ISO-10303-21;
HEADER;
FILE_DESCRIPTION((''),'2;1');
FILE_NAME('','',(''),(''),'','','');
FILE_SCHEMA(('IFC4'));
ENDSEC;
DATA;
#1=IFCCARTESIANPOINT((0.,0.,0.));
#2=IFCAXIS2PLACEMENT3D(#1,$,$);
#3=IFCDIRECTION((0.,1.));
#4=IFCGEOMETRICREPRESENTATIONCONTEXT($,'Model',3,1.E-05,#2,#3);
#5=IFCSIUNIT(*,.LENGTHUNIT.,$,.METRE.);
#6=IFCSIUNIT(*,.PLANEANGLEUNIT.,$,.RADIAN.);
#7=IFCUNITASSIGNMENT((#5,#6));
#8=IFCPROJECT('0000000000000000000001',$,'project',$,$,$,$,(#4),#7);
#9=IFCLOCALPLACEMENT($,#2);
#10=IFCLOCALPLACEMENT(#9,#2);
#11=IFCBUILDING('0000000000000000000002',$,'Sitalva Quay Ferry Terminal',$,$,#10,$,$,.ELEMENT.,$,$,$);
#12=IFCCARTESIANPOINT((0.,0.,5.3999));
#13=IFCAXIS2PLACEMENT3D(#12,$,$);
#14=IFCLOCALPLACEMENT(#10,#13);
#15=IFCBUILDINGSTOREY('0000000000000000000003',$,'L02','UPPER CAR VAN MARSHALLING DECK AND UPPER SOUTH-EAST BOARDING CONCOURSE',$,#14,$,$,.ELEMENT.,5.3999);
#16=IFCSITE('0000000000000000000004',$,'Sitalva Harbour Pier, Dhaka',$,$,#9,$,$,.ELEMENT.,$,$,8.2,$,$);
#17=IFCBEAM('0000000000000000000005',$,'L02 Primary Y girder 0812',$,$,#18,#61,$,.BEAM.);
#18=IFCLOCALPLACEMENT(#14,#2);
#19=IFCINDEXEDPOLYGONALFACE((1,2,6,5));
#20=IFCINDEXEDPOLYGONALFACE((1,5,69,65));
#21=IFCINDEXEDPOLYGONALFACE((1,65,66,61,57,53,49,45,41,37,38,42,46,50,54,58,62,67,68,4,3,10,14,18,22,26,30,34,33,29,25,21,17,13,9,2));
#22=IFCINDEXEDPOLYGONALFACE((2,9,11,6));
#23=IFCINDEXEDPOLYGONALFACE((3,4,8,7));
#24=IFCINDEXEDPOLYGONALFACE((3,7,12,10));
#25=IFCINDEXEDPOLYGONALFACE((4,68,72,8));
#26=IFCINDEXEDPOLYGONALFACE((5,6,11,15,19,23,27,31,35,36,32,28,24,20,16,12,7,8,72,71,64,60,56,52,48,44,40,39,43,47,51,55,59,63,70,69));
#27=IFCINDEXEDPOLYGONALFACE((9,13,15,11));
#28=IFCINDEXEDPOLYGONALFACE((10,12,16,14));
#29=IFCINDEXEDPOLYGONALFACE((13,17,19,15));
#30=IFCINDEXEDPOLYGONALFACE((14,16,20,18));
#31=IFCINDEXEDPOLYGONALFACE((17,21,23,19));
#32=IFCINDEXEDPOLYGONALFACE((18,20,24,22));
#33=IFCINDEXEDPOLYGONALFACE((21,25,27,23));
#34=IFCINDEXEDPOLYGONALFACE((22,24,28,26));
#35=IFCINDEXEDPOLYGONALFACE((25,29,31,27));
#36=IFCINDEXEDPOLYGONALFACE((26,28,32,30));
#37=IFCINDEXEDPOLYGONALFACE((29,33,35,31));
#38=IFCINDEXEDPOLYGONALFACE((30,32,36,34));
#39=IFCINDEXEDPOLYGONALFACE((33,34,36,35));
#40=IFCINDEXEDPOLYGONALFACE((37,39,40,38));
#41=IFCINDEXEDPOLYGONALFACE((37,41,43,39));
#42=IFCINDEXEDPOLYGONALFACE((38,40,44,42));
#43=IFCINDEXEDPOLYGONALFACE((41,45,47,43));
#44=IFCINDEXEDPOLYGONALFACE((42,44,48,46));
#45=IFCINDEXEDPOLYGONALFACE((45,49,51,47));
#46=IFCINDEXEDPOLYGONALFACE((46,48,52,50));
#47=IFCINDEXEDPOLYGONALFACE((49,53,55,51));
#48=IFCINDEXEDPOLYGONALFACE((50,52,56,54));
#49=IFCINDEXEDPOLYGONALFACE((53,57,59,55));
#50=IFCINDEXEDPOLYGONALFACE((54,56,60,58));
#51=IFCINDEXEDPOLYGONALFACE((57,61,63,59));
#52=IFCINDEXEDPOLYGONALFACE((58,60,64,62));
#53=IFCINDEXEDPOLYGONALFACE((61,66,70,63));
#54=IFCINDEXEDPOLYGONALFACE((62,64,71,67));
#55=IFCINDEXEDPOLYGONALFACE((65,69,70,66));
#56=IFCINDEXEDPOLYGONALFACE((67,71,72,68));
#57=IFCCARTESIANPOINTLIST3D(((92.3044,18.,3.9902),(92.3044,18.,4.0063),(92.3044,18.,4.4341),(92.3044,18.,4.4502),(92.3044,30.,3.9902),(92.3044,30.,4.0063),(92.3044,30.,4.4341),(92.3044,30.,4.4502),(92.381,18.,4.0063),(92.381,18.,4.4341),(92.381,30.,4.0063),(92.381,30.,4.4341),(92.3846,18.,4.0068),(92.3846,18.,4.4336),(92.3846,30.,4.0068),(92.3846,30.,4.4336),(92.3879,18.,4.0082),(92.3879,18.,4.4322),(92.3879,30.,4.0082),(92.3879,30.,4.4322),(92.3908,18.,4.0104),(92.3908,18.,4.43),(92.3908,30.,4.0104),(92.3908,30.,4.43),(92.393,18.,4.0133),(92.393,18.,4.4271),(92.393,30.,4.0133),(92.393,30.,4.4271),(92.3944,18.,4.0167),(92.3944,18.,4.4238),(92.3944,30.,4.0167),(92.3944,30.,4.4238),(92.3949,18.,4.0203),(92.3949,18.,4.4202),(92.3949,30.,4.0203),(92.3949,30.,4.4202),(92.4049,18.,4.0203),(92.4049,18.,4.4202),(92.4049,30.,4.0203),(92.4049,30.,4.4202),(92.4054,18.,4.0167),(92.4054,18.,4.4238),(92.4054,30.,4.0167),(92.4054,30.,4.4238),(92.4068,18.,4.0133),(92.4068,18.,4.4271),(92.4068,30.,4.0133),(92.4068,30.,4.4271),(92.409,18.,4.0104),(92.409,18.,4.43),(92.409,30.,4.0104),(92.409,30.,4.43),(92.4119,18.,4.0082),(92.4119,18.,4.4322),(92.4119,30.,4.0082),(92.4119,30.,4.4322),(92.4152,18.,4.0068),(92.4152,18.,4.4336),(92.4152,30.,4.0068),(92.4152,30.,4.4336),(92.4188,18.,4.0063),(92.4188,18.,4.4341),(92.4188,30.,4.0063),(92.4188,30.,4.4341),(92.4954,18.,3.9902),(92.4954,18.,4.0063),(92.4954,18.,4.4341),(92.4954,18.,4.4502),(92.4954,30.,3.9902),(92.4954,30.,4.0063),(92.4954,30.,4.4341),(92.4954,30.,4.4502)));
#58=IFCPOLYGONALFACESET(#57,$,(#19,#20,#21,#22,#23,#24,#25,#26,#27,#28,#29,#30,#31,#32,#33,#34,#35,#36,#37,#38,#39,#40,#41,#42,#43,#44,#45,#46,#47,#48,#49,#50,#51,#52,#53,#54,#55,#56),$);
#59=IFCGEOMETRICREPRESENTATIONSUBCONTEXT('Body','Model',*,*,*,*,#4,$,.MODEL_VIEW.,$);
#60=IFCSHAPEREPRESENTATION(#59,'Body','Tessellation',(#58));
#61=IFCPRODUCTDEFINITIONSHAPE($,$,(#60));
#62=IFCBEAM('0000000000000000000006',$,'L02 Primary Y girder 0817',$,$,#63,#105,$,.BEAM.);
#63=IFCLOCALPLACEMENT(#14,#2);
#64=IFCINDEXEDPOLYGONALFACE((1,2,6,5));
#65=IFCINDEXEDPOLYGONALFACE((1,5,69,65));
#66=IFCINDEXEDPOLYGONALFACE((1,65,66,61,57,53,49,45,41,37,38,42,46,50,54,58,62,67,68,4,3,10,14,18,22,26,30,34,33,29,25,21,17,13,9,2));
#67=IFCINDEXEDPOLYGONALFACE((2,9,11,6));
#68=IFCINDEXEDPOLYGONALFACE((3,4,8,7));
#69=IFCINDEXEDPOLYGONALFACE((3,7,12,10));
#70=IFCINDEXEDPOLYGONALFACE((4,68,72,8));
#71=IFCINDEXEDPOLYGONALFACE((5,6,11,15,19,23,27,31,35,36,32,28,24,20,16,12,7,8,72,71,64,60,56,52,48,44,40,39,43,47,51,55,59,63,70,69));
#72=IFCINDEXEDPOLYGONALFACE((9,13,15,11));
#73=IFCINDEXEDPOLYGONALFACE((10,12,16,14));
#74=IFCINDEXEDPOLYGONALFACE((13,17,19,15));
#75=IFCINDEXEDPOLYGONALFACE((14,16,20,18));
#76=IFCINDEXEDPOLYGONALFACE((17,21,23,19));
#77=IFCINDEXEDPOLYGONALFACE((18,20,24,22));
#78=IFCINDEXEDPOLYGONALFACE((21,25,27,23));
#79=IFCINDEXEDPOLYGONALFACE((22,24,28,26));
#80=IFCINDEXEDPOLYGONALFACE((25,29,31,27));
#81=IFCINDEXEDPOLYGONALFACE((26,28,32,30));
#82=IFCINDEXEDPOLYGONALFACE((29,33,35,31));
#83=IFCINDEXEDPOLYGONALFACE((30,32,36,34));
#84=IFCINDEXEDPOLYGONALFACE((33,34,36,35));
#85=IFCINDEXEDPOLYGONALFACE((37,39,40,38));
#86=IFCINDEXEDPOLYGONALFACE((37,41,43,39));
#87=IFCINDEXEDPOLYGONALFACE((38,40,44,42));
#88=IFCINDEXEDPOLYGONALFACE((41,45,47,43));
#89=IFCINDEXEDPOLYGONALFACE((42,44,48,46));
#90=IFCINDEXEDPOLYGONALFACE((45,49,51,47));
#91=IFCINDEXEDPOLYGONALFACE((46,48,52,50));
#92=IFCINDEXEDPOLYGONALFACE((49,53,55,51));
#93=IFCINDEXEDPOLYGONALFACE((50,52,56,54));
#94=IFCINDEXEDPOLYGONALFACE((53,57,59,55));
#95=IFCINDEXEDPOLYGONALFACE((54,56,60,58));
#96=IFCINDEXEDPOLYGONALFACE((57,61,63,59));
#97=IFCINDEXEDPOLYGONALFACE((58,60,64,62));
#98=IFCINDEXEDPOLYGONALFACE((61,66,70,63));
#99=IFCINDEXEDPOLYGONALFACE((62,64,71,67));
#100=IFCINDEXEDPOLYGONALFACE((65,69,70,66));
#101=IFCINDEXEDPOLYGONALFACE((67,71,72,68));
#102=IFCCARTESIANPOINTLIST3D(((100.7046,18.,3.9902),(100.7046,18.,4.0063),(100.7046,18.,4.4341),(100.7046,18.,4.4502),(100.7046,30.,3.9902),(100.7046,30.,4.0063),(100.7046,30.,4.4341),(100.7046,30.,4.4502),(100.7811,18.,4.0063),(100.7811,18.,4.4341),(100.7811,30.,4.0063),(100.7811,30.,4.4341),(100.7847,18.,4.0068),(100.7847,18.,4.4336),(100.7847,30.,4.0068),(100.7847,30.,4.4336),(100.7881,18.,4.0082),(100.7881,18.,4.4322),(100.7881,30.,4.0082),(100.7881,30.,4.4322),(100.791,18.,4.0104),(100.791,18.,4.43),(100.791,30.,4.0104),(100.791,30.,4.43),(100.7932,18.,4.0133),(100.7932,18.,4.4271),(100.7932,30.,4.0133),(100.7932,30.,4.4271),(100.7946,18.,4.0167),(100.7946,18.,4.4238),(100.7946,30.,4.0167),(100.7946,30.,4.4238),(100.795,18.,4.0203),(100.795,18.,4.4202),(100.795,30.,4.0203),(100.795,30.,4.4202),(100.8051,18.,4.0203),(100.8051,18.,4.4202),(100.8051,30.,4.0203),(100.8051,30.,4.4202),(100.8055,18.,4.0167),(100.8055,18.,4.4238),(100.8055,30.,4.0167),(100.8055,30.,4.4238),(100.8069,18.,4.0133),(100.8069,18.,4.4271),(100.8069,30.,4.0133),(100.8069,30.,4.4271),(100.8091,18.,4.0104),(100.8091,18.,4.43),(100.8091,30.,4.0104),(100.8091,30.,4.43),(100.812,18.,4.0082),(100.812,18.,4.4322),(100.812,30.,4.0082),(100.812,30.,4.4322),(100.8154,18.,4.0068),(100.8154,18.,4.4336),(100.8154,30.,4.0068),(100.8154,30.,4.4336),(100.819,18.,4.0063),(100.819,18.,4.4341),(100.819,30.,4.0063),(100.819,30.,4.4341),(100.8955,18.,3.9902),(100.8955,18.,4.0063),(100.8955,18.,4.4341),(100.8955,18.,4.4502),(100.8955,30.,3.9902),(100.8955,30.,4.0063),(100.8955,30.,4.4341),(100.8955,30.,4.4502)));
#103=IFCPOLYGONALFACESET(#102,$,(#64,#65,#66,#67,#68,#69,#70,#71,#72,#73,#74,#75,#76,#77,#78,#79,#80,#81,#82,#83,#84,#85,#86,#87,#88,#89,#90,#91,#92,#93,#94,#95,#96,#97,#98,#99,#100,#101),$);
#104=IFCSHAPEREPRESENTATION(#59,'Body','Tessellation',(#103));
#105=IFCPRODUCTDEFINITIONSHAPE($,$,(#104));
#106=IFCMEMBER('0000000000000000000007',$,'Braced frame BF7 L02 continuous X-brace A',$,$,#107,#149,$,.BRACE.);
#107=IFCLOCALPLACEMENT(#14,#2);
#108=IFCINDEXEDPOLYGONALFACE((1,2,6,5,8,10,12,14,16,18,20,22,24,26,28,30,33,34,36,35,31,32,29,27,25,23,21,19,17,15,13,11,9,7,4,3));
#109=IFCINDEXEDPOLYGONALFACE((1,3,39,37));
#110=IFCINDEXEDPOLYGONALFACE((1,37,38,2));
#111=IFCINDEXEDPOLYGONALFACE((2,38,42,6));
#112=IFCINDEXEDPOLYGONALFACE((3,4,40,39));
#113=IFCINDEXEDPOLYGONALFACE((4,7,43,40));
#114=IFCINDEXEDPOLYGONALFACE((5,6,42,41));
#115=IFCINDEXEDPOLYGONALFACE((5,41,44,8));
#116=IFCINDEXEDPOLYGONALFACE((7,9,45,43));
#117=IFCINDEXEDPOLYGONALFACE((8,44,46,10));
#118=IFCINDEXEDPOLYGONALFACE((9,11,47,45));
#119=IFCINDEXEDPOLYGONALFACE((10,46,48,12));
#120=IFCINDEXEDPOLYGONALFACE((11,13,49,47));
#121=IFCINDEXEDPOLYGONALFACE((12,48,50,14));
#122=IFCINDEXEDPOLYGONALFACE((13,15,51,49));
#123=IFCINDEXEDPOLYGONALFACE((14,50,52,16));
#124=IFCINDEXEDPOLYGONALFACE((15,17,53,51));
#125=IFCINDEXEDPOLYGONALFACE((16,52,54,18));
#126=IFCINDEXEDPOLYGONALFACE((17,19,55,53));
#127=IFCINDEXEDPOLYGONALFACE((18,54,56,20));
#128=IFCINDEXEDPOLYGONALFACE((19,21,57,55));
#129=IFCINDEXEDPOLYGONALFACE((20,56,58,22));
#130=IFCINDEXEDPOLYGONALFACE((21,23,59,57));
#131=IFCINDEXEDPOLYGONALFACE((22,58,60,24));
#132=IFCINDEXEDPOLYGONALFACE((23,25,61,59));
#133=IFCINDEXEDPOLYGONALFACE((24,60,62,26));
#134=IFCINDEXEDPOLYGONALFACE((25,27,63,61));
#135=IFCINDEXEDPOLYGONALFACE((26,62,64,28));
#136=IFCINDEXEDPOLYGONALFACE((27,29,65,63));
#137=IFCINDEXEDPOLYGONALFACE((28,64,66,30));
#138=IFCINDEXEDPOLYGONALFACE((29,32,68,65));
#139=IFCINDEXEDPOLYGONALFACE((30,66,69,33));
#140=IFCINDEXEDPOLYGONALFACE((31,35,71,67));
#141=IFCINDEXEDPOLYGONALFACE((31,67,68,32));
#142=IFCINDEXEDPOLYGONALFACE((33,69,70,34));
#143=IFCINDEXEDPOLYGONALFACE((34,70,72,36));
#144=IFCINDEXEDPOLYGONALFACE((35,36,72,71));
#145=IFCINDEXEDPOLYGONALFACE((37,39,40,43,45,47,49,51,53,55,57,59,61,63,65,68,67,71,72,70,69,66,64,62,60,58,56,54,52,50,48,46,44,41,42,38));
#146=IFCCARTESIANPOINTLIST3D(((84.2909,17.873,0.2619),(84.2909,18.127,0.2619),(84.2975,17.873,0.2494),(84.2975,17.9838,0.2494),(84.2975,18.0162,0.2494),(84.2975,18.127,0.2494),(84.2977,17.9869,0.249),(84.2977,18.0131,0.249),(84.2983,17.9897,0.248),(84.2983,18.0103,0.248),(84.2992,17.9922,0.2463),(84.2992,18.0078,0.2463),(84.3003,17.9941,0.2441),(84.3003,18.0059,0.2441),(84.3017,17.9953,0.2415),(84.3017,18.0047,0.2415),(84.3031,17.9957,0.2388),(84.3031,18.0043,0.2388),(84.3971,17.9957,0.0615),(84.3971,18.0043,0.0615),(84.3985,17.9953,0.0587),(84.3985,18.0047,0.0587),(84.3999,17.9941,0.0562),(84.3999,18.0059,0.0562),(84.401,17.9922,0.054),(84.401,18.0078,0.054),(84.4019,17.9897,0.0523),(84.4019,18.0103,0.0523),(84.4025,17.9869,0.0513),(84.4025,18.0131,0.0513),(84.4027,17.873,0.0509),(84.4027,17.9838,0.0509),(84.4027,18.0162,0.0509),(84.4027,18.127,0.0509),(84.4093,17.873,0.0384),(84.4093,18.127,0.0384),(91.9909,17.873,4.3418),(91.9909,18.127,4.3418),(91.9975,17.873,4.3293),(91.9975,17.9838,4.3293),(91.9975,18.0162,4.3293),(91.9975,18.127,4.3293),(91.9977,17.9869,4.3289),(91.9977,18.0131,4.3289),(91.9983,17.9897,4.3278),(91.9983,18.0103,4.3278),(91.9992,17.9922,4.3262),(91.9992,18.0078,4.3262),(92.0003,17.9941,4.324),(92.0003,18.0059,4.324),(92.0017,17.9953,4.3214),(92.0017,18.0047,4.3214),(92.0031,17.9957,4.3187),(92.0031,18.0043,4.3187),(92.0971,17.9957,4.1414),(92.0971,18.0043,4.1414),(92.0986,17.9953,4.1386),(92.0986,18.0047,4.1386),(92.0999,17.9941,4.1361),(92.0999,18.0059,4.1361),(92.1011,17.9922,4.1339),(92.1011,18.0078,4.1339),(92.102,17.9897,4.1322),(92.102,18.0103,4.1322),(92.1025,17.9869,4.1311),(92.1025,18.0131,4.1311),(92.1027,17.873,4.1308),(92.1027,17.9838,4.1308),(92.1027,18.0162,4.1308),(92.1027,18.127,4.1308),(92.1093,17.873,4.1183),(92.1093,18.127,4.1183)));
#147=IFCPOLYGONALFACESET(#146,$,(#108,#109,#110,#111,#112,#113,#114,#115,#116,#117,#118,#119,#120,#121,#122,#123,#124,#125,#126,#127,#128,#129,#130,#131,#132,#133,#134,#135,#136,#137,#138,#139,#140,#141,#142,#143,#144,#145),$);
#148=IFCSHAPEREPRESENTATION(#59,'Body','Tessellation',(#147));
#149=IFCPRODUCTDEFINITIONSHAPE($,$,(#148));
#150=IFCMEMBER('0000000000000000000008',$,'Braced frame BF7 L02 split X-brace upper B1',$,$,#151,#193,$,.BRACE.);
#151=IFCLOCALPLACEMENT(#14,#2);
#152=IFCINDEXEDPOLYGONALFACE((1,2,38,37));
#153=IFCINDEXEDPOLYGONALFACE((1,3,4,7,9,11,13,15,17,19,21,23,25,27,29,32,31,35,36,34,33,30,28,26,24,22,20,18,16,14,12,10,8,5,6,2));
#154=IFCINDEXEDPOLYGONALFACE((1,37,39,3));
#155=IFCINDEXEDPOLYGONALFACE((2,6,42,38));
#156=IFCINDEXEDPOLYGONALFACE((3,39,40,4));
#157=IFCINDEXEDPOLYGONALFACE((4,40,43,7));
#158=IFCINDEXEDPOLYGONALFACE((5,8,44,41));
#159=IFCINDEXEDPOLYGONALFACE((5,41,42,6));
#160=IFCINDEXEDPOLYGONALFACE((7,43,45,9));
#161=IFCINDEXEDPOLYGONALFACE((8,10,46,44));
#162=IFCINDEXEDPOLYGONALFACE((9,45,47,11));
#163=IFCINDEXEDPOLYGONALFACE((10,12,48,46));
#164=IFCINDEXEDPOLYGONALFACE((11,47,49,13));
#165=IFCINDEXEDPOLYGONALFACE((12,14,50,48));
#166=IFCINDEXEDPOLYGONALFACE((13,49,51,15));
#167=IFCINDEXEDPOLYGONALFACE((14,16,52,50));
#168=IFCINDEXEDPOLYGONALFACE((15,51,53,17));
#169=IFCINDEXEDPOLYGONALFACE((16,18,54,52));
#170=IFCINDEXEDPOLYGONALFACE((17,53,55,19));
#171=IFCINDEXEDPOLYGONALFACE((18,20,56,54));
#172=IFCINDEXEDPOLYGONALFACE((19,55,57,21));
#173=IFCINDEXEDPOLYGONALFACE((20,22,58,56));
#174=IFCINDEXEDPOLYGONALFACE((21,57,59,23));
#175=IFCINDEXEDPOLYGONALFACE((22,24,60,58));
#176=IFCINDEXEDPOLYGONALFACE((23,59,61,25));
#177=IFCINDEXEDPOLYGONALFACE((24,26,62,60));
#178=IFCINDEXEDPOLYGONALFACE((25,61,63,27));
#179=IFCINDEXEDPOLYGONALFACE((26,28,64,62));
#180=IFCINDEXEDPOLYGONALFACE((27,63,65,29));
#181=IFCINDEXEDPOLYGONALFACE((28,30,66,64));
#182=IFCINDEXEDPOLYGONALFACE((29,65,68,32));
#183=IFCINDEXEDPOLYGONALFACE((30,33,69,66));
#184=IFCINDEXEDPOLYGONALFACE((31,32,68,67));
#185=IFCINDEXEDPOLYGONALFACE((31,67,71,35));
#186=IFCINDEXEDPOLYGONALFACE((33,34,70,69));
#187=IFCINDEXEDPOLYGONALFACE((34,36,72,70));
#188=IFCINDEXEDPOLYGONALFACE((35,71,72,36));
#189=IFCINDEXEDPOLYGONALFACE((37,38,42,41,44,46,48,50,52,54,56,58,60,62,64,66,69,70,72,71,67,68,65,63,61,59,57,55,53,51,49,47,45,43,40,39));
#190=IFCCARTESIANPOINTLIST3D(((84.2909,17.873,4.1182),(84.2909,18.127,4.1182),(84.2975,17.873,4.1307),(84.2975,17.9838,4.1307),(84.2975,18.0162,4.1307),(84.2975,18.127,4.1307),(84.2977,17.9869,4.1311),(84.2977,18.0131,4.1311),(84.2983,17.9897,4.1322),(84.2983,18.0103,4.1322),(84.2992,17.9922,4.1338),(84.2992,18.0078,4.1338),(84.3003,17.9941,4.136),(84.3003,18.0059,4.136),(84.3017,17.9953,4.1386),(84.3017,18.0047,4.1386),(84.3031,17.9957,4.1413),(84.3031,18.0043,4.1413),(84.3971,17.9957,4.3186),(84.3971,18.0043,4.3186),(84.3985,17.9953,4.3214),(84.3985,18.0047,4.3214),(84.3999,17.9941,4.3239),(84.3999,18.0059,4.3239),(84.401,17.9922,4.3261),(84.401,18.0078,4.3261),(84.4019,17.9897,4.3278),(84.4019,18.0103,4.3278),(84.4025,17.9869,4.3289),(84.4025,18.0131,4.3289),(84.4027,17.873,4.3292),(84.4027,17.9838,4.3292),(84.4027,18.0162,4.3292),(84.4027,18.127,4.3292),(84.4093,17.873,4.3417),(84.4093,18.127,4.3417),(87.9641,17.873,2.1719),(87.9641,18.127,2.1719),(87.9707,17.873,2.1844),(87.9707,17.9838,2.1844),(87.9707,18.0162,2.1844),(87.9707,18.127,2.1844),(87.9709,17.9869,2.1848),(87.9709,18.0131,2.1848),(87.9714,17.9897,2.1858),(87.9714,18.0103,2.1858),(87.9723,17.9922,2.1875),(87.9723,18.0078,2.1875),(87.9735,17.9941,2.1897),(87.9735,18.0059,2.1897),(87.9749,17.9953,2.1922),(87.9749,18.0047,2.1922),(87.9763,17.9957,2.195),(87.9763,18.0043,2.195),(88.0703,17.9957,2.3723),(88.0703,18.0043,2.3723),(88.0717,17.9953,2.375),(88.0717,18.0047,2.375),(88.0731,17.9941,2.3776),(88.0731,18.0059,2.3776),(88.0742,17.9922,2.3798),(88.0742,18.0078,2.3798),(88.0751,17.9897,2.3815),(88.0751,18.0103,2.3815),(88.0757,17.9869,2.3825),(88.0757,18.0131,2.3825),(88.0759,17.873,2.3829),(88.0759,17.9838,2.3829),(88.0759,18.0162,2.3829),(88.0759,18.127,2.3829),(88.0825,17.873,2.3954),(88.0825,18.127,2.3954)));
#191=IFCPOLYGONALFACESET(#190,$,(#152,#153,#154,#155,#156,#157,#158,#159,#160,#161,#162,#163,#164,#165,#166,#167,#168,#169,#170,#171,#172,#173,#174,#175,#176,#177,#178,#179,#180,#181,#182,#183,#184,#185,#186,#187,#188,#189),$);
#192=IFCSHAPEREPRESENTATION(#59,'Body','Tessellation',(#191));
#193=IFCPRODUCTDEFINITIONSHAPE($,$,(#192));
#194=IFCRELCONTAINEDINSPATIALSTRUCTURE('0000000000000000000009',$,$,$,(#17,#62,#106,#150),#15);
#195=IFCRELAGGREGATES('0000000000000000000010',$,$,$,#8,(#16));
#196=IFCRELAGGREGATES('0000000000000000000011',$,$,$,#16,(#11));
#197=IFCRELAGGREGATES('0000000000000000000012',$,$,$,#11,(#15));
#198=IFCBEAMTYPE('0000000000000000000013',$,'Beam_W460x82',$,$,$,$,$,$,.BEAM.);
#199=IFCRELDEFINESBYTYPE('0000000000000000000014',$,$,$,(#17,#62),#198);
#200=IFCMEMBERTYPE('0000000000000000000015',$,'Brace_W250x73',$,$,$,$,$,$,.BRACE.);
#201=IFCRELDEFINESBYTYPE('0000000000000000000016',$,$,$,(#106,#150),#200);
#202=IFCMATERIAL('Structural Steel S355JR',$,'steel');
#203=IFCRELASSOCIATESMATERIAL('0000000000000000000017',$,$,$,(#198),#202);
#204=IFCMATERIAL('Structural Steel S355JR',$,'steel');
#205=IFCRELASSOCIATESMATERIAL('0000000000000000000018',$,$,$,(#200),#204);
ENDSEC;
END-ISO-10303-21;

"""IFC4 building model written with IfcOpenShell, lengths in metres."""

from ifc_helpers import new_model, si_unit, direction, frame, origin, origin_2d, place, context, subcontext, project, spatial, i_section, extrude, material, material_profile, profile_set, type_object, element, save


model = new_model("IFC4")

# Units and contexts
model_context = context("Model", 3, precision=1e-05, world=origin(), true_north=direction((0.0, 1.0)))
body_context = subcontext(model_context, "Body", "Model", "MODEL_VIEW")
ifc_project = project(units=[si_unit("LENGTHUNIT", "METRE"), si_unit("PLANEANGLEUNIT", "RADIAN")], contexts=[model_context])

# Site, building, storey
site_placement = place(None, origin())
site = spatial("IfcSite", under=ifc_project, at=site_placement, Name="Sitalva Harbour Pier, Dhaka", CompositionType="ELEMENT", RefElevation=8.2)
building_placement = place(site_placement, origin())
building = spatial("IfcBuilding", under=site, at=building_placement, Name="Sitalva Quay Ferry Terminal", CompositionType="ELEMENT")
storey_placement = place(building_placement, frame((0.0, 0.0, 5.3999)))
storey = spatial("IfcBuildingStorey", under=building, at=storey_placement, Name="L02", Description="UPPER CAR VAN MARSHALLING DECK AND UPPER SOUTH-EAST BOARDING CONCOURSE", CompositionType="ELEMENT", Elevation=5.3999)

# Beams
ifc_material_1 = material(Name="Structural Steel S355JR", Category="steel")
ifc_material_profile_1 = material_profile(ifc_material_1, i_section(OverallWidth=0.1909, OverallDepth=0.46, WebThickness=0.01, FlangeThickness=0.0161, FilletRadius=0.0139, at=origin_2d()), Name="W460x82")
ifc_profile_set_1 = profile_set([ifc_material_profile_1], Name="Structural Steel S355JR")
beam_type_1 = type_object("IfcBeamType", Name="Beam_W460x82", PredefinedType="BEAM", material=ifc_profile_set_1)
for number, where, z_axis, x_axis, name in (
    (1, (92.3999, 18.0, 4.2202), (0.0, 1.0, 0.0), (-1.0, 0.0, 0.0), "L02 Primary Y girder 0812"),
    (2, (100.8, 18.0, 4.2202), (0.0, 1.0, 0.0), (-1.0, 0.0, 0.0), "L02 Primary Y girder 0817"),
):
    element("IfcBeam", number, at=place(storey_placement, frame(where, z_axis=z_axis, x_axis=x_axis)), inside=storey, type_object=beam_type_1, Name=name, PredefinedType="BEAM", context=body_context, shape_type="SweptSolid", body=[
        extrude(i_section(OverallWidth=0.1909, OverallDepth=0.46, WebThickness=0.01, FlangeThickness=0.0161, FilletRadius=0.0139, at=origin_2d()), origin(), (0.0, 0.0, 1.0), 12.0),
    ])

# Members
ifc_material_2 = material(Name="Structural Steel S355JR", Category="steel")
ifc_material_profile_2 = material_profile(ifc_material_2, i_section(OverallWidth=0.2539, OverallDepth=0.2529, WebThickness=0.0085, FlangeThickness=0.0142, FilletRadius=0.012, at=origin_2d()), Name="W250x73")
ifc_profile_set_2 = profile_set([ifc_material_profile_2], Name="Structural Steel S355JR")
member_type = type_object("IfcMemberType", Name="Brace_W250x73", PredefinedType="BRACE", material=ifc_profile_set_2)
member_placement = place(storey_placement, frame((84.3501, 18.0, 0.1501), z_axis=(0.883627, 0.0, 0.468191), x_axis=(0.0, 1.0, 0.0)))
element("IfcMember", 3, at=member_placement, inside=storey, type_object=member_type, Name="Braced frame BF7 L02 continuous X-brace A", PredefinedType="BRACE", context=body_context, shape_type="SweptSolid", body=[
    extrude(i_section(OverallWidth=0.2539, OverallDepth=0.2529, WebThickness=0.0085, FlangeThickness=0.0142, FilletRadius=0.012, at=origin_2d()), origin(), (0.0, 0.0, 1.0), 8.7141),
])
for number, where, z_axis, x_axis, name in (
    (4, (84.3501, 18.0, 4.23), (0.883618, 0.0, -0.468209), (0.0, 1.0, 0.0), "Braced frame BF7 L02 split X-brace upper B1"),
):
    element("IfcMember", number, at=place(storey_placement, frame(where, z_axis=z_axis, x_axis=x_axis)), inside=storey, type_object=member_type, Name=name, PredefinedType="BRACE", context=body_context, shape_type="SweptSolid", body=[
        extrude(i_section(OverallWidth=0.2539, OverallDepth=0.2529, WebThickness=0.0085, FlangeThickness=0.0142, FilletRadius=0.012, at=origin_2d()), origin(), (0.0, 0.0, 1.0), 4.157),
    ])

save(model, "model.ifc")
